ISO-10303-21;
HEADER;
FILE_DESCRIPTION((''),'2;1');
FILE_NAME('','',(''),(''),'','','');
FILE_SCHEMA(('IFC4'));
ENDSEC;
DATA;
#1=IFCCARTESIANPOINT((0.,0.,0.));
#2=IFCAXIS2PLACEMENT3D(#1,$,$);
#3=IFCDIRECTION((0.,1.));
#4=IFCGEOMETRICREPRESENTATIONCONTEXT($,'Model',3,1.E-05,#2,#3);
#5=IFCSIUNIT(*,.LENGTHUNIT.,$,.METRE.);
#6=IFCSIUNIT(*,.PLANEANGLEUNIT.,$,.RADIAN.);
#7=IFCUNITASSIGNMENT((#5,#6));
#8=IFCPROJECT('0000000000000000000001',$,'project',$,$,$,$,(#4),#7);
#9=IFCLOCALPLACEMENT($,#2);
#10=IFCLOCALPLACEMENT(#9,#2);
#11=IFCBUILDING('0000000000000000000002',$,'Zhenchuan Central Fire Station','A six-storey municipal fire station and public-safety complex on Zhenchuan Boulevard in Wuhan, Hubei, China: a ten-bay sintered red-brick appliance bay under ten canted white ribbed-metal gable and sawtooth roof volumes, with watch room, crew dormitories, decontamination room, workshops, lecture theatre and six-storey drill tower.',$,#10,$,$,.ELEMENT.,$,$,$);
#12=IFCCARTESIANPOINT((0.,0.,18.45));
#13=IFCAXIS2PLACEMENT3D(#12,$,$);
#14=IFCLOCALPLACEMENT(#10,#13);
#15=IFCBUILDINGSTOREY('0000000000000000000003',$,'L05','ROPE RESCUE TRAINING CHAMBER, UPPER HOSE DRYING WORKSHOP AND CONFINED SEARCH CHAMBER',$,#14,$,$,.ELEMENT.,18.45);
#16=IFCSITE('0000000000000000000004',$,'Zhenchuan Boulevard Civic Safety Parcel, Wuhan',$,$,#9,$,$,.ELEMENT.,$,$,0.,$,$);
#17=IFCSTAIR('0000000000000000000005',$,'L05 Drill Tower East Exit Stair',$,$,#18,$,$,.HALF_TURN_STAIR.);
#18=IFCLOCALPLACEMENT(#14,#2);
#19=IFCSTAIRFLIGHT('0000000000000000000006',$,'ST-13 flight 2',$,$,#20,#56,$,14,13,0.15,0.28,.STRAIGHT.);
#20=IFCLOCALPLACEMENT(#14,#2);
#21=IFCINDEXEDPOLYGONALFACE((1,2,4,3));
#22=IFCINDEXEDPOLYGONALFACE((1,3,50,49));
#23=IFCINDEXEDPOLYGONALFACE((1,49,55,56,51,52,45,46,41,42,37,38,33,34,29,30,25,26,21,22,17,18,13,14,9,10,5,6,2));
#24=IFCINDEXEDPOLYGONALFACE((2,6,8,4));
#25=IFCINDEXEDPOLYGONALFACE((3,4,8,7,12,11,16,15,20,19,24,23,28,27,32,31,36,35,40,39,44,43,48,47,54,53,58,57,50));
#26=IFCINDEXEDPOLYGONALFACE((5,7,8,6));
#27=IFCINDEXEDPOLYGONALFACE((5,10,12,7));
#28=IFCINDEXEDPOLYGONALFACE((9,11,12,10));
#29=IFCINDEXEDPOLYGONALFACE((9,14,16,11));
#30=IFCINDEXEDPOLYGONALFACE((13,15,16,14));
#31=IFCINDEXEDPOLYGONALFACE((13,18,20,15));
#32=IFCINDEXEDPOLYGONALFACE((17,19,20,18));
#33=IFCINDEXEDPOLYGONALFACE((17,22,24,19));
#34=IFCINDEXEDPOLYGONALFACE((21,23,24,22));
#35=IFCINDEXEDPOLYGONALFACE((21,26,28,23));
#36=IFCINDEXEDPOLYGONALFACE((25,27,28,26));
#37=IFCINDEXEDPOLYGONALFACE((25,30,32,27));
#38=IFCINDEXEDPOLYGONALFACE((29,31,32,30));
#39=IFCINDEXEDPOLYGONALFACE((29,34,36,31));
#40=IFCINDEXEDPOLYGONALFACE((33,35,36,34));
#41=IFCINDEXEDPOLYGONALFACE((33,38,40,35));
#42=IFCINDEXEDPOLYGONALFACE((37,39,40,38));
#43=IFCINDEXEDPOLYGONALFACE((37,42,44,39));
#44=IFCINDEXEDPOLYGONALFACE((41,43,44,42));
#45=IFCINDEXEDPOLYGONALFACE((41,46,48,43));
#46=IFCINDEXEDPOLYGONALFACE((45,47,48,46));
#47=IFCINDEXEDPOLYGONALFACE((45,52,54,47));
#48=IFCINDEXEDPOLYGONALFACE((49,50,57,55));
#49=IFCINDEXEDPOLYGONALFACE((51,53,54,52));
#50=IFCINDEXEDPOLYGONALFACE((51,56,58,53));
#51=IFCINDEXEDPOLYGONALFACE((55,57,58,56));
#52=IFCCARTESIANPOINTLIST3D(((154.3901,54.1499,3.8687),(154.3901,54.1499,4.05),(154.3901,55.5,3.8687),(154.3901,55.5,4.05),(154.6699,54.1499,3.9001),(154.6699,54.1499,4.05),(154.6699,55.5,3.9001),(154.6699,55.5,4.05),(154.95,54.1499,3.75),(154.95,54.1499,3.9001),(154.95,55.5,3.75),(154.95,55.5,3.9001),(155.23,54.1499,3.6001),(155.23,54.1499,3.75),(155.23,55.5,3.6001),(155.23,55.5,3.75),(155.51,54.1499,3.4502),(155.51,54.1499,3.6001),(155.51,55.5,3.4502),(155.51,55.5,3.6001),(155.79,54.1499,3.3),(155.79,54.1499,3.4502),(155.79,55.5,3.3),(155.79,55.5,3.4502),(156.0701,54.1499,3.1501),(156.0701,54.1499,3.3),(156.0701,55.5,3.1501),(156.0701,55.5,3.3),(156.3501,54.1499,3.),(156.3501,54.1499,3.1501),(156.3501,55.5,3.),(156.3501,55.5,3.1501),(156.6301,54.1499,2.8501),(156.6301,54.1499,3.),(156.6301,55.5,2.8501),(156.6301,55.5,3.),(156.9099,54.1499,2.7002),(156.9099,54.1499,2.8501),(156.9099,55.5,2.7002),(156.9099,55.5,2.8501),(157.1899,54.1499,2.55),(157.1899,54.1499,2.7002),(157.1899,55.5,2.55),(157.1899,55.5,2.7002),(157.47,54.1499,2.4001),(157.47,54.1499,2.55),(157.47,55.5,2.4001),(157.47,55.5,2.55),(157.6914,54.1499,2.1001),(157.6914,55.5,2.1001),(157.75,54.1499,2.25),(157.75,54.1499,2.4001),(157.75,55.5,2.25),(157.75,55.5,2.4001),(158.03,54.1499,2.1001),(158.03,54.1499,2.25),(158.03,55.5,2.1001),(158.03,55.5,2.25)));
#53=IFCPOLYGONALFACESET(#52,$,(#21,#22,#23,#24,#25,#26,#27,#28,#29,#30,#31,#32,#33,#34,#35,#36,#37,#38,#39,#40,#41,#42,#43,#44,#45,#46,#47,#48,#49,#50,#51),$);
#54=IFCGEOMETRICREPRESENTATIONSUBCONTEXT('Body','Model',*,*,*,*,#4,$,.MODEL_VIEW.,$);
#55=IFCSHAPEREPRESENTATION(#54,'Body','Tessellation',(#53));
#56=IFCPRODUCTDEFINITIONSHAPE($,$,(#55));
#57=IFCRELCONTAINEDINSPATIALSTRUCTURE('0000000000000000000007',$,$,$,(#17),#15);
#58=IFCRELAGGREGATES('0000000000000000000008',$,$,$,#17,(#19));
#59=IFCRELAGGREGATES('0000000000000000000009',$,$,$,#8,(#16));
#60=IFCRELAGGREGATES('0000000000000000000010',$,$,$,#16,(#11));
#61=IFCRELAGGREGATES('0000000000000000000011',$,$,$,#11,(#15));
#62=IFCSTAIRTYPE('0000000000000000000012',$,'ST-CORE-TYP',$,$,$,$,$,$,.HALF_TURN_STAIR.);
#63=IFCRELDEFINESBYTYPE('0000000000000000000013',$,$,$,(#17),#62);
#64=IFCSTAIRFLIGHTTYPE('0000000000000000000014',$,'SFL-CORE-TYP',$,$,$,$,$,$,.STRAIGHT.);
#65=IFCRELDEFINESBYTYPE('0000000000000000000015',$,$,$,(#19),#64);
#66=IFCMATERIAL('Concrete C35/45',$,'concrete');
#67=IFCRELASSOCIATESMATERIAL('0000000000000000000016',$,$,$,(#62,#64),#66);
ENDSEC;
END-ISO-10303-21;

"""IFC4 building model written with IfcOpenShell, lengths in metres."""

from ifc_helpers import new_model, si_unit, direction, frame, origin, place, context, subcontext, project, spatial, polyline, outline, extrude, material, type_object, element, aggregate, save


model = new_model("IFC4")

# Units and contexts
model_context = context("Model", 3, precision=1e-05, world=origin(), true_north=direction((0.0, 1.0)))
body_context = subcontext(model_context, "Body", "Model", "MODEL_VIEW")
ifc_project = project(units=[si_unit("LENGTHUNIT", "METRE"), si_unit("PLANEANGLEUNIT", "RADIAN")], contexts=[model_context])

# Site, building, storey
site_placement = place(None, origin())
site = spatial("IfcSite", under=ifc_project, at=site_placement, Name="Zhenchuan Boulevard Civic Safety Parcel, Wuhan", CompositionType="ELEMENT", RefElevation=0.0)
building_placement = place(site_placement, origin())
building = spatial("IfcBuilding", under=site, at=building_placement, Name="Zhenchuan Central Fire Station", Description="A six-storey municipal fire station and public-safety complex on Zhenchuan Boulevard in Wuhan, Hubei, China: a ten-bay sintered red-brick appliance bay under ten canted white ribbed-metal gable and sawtooth roof volumes, with watch room, crew dormitories, decontamination room, workshops, lecture theatre and six-storey drill tower.", CompositionType="ELEMENT")
storey_placement = place(building_placement, frame((0.0, 0.0, 18.45)))
storey = spatial("IfcBuildingStorey", under=building, at=storey_placement, Name="L05", Description="ROPE RESCUE TRAINING CHAMBER, UPPER HOSE DRYING WORKSHOP AND CONFINED SEARCH CHAMBER", CompositionType="ELEMENT", Elevation=18.45)

# Stair, stair flight
ifc_material_1 = material(Name="Concrete C35/45", Category="concrete")
stair_type = type_object("IfcStairType", Name="ST-CORE-TYP", PredefinedType="HALF_TURN_STAIR", material=ifc_material_1)
stair_placement = place(storey_placement, origin())
stair = element("IfcStair", 1, at=stair_placement, inside=storey, type_object=stair_type, Name="L05 Drill Tower East Exit Stair", PredefinedType="HALF_TURN_STAIR")
stair_flight_type = type_object("IfcStairFlightType", Name="SFL-CORE-TYP", PredefinedType="STRAIGHT", material=ifc_material_1)
stair_flight_1_placement = place(storey_placement, frame((158.03, 54.825, 2.1001), z_axis=(0.0, 0.0, 1.0), x_axis=(-1.0, 0.0, 0.0)))
stair_flight_1 = element("IfcStairFlight", 2, at=stair_flight_1_placement, type_object=stair_flight_type, Name="ST-13 flight 2", NumberOfRisers=14, NumberOfTreads=13, PredefinedType="STRAIGHT", RiserHeight=0.15, TreadLength=0.28, context=body_context, shape_type="SweptSolid", body=[
    extrude(outline(polyline([(0.0, 0.0), (0.0, 0.1499), (0.28, 0.1499), (0.28, 0.3), (0.5601, 0.3), (0.5601, 0.45), (0.8401, 0.45), (0.8401, 0.6001), (1.1201, 0.6001), (1.1201, 0.75), (1.3999, 0.75), (1.3999, 0.8999), (1.6799, 0.8999), (1.6799, 1.05), (1.96, 1.05), (1.96, 1.2), (2.24, 1.2), (2.24, 1.3501), (2.52, 1.3501), (2.52, 1.5), (2.8, 1.5), (2.8, 1.6499), (3.0801, 1.6499), (3.0801, 1.8), (3.3601, 1.8), (3.3601, 1.95), (3.6399, 1.95), (3.6399, 2.1001), (3.6399, 1.7686), (0.3386, 0.0), (0.0, 0.0)])), frame((0.0, 0.675, 0.0), z_axis=(0.0, -1.0, 0.0), x_axis=(1.0, 0.0, 0.0)), (0.0, 0.0, 1.0), 1.3501),
])
aggregate(stair, [stair_flight_1])

save(model, "model.ifc")
